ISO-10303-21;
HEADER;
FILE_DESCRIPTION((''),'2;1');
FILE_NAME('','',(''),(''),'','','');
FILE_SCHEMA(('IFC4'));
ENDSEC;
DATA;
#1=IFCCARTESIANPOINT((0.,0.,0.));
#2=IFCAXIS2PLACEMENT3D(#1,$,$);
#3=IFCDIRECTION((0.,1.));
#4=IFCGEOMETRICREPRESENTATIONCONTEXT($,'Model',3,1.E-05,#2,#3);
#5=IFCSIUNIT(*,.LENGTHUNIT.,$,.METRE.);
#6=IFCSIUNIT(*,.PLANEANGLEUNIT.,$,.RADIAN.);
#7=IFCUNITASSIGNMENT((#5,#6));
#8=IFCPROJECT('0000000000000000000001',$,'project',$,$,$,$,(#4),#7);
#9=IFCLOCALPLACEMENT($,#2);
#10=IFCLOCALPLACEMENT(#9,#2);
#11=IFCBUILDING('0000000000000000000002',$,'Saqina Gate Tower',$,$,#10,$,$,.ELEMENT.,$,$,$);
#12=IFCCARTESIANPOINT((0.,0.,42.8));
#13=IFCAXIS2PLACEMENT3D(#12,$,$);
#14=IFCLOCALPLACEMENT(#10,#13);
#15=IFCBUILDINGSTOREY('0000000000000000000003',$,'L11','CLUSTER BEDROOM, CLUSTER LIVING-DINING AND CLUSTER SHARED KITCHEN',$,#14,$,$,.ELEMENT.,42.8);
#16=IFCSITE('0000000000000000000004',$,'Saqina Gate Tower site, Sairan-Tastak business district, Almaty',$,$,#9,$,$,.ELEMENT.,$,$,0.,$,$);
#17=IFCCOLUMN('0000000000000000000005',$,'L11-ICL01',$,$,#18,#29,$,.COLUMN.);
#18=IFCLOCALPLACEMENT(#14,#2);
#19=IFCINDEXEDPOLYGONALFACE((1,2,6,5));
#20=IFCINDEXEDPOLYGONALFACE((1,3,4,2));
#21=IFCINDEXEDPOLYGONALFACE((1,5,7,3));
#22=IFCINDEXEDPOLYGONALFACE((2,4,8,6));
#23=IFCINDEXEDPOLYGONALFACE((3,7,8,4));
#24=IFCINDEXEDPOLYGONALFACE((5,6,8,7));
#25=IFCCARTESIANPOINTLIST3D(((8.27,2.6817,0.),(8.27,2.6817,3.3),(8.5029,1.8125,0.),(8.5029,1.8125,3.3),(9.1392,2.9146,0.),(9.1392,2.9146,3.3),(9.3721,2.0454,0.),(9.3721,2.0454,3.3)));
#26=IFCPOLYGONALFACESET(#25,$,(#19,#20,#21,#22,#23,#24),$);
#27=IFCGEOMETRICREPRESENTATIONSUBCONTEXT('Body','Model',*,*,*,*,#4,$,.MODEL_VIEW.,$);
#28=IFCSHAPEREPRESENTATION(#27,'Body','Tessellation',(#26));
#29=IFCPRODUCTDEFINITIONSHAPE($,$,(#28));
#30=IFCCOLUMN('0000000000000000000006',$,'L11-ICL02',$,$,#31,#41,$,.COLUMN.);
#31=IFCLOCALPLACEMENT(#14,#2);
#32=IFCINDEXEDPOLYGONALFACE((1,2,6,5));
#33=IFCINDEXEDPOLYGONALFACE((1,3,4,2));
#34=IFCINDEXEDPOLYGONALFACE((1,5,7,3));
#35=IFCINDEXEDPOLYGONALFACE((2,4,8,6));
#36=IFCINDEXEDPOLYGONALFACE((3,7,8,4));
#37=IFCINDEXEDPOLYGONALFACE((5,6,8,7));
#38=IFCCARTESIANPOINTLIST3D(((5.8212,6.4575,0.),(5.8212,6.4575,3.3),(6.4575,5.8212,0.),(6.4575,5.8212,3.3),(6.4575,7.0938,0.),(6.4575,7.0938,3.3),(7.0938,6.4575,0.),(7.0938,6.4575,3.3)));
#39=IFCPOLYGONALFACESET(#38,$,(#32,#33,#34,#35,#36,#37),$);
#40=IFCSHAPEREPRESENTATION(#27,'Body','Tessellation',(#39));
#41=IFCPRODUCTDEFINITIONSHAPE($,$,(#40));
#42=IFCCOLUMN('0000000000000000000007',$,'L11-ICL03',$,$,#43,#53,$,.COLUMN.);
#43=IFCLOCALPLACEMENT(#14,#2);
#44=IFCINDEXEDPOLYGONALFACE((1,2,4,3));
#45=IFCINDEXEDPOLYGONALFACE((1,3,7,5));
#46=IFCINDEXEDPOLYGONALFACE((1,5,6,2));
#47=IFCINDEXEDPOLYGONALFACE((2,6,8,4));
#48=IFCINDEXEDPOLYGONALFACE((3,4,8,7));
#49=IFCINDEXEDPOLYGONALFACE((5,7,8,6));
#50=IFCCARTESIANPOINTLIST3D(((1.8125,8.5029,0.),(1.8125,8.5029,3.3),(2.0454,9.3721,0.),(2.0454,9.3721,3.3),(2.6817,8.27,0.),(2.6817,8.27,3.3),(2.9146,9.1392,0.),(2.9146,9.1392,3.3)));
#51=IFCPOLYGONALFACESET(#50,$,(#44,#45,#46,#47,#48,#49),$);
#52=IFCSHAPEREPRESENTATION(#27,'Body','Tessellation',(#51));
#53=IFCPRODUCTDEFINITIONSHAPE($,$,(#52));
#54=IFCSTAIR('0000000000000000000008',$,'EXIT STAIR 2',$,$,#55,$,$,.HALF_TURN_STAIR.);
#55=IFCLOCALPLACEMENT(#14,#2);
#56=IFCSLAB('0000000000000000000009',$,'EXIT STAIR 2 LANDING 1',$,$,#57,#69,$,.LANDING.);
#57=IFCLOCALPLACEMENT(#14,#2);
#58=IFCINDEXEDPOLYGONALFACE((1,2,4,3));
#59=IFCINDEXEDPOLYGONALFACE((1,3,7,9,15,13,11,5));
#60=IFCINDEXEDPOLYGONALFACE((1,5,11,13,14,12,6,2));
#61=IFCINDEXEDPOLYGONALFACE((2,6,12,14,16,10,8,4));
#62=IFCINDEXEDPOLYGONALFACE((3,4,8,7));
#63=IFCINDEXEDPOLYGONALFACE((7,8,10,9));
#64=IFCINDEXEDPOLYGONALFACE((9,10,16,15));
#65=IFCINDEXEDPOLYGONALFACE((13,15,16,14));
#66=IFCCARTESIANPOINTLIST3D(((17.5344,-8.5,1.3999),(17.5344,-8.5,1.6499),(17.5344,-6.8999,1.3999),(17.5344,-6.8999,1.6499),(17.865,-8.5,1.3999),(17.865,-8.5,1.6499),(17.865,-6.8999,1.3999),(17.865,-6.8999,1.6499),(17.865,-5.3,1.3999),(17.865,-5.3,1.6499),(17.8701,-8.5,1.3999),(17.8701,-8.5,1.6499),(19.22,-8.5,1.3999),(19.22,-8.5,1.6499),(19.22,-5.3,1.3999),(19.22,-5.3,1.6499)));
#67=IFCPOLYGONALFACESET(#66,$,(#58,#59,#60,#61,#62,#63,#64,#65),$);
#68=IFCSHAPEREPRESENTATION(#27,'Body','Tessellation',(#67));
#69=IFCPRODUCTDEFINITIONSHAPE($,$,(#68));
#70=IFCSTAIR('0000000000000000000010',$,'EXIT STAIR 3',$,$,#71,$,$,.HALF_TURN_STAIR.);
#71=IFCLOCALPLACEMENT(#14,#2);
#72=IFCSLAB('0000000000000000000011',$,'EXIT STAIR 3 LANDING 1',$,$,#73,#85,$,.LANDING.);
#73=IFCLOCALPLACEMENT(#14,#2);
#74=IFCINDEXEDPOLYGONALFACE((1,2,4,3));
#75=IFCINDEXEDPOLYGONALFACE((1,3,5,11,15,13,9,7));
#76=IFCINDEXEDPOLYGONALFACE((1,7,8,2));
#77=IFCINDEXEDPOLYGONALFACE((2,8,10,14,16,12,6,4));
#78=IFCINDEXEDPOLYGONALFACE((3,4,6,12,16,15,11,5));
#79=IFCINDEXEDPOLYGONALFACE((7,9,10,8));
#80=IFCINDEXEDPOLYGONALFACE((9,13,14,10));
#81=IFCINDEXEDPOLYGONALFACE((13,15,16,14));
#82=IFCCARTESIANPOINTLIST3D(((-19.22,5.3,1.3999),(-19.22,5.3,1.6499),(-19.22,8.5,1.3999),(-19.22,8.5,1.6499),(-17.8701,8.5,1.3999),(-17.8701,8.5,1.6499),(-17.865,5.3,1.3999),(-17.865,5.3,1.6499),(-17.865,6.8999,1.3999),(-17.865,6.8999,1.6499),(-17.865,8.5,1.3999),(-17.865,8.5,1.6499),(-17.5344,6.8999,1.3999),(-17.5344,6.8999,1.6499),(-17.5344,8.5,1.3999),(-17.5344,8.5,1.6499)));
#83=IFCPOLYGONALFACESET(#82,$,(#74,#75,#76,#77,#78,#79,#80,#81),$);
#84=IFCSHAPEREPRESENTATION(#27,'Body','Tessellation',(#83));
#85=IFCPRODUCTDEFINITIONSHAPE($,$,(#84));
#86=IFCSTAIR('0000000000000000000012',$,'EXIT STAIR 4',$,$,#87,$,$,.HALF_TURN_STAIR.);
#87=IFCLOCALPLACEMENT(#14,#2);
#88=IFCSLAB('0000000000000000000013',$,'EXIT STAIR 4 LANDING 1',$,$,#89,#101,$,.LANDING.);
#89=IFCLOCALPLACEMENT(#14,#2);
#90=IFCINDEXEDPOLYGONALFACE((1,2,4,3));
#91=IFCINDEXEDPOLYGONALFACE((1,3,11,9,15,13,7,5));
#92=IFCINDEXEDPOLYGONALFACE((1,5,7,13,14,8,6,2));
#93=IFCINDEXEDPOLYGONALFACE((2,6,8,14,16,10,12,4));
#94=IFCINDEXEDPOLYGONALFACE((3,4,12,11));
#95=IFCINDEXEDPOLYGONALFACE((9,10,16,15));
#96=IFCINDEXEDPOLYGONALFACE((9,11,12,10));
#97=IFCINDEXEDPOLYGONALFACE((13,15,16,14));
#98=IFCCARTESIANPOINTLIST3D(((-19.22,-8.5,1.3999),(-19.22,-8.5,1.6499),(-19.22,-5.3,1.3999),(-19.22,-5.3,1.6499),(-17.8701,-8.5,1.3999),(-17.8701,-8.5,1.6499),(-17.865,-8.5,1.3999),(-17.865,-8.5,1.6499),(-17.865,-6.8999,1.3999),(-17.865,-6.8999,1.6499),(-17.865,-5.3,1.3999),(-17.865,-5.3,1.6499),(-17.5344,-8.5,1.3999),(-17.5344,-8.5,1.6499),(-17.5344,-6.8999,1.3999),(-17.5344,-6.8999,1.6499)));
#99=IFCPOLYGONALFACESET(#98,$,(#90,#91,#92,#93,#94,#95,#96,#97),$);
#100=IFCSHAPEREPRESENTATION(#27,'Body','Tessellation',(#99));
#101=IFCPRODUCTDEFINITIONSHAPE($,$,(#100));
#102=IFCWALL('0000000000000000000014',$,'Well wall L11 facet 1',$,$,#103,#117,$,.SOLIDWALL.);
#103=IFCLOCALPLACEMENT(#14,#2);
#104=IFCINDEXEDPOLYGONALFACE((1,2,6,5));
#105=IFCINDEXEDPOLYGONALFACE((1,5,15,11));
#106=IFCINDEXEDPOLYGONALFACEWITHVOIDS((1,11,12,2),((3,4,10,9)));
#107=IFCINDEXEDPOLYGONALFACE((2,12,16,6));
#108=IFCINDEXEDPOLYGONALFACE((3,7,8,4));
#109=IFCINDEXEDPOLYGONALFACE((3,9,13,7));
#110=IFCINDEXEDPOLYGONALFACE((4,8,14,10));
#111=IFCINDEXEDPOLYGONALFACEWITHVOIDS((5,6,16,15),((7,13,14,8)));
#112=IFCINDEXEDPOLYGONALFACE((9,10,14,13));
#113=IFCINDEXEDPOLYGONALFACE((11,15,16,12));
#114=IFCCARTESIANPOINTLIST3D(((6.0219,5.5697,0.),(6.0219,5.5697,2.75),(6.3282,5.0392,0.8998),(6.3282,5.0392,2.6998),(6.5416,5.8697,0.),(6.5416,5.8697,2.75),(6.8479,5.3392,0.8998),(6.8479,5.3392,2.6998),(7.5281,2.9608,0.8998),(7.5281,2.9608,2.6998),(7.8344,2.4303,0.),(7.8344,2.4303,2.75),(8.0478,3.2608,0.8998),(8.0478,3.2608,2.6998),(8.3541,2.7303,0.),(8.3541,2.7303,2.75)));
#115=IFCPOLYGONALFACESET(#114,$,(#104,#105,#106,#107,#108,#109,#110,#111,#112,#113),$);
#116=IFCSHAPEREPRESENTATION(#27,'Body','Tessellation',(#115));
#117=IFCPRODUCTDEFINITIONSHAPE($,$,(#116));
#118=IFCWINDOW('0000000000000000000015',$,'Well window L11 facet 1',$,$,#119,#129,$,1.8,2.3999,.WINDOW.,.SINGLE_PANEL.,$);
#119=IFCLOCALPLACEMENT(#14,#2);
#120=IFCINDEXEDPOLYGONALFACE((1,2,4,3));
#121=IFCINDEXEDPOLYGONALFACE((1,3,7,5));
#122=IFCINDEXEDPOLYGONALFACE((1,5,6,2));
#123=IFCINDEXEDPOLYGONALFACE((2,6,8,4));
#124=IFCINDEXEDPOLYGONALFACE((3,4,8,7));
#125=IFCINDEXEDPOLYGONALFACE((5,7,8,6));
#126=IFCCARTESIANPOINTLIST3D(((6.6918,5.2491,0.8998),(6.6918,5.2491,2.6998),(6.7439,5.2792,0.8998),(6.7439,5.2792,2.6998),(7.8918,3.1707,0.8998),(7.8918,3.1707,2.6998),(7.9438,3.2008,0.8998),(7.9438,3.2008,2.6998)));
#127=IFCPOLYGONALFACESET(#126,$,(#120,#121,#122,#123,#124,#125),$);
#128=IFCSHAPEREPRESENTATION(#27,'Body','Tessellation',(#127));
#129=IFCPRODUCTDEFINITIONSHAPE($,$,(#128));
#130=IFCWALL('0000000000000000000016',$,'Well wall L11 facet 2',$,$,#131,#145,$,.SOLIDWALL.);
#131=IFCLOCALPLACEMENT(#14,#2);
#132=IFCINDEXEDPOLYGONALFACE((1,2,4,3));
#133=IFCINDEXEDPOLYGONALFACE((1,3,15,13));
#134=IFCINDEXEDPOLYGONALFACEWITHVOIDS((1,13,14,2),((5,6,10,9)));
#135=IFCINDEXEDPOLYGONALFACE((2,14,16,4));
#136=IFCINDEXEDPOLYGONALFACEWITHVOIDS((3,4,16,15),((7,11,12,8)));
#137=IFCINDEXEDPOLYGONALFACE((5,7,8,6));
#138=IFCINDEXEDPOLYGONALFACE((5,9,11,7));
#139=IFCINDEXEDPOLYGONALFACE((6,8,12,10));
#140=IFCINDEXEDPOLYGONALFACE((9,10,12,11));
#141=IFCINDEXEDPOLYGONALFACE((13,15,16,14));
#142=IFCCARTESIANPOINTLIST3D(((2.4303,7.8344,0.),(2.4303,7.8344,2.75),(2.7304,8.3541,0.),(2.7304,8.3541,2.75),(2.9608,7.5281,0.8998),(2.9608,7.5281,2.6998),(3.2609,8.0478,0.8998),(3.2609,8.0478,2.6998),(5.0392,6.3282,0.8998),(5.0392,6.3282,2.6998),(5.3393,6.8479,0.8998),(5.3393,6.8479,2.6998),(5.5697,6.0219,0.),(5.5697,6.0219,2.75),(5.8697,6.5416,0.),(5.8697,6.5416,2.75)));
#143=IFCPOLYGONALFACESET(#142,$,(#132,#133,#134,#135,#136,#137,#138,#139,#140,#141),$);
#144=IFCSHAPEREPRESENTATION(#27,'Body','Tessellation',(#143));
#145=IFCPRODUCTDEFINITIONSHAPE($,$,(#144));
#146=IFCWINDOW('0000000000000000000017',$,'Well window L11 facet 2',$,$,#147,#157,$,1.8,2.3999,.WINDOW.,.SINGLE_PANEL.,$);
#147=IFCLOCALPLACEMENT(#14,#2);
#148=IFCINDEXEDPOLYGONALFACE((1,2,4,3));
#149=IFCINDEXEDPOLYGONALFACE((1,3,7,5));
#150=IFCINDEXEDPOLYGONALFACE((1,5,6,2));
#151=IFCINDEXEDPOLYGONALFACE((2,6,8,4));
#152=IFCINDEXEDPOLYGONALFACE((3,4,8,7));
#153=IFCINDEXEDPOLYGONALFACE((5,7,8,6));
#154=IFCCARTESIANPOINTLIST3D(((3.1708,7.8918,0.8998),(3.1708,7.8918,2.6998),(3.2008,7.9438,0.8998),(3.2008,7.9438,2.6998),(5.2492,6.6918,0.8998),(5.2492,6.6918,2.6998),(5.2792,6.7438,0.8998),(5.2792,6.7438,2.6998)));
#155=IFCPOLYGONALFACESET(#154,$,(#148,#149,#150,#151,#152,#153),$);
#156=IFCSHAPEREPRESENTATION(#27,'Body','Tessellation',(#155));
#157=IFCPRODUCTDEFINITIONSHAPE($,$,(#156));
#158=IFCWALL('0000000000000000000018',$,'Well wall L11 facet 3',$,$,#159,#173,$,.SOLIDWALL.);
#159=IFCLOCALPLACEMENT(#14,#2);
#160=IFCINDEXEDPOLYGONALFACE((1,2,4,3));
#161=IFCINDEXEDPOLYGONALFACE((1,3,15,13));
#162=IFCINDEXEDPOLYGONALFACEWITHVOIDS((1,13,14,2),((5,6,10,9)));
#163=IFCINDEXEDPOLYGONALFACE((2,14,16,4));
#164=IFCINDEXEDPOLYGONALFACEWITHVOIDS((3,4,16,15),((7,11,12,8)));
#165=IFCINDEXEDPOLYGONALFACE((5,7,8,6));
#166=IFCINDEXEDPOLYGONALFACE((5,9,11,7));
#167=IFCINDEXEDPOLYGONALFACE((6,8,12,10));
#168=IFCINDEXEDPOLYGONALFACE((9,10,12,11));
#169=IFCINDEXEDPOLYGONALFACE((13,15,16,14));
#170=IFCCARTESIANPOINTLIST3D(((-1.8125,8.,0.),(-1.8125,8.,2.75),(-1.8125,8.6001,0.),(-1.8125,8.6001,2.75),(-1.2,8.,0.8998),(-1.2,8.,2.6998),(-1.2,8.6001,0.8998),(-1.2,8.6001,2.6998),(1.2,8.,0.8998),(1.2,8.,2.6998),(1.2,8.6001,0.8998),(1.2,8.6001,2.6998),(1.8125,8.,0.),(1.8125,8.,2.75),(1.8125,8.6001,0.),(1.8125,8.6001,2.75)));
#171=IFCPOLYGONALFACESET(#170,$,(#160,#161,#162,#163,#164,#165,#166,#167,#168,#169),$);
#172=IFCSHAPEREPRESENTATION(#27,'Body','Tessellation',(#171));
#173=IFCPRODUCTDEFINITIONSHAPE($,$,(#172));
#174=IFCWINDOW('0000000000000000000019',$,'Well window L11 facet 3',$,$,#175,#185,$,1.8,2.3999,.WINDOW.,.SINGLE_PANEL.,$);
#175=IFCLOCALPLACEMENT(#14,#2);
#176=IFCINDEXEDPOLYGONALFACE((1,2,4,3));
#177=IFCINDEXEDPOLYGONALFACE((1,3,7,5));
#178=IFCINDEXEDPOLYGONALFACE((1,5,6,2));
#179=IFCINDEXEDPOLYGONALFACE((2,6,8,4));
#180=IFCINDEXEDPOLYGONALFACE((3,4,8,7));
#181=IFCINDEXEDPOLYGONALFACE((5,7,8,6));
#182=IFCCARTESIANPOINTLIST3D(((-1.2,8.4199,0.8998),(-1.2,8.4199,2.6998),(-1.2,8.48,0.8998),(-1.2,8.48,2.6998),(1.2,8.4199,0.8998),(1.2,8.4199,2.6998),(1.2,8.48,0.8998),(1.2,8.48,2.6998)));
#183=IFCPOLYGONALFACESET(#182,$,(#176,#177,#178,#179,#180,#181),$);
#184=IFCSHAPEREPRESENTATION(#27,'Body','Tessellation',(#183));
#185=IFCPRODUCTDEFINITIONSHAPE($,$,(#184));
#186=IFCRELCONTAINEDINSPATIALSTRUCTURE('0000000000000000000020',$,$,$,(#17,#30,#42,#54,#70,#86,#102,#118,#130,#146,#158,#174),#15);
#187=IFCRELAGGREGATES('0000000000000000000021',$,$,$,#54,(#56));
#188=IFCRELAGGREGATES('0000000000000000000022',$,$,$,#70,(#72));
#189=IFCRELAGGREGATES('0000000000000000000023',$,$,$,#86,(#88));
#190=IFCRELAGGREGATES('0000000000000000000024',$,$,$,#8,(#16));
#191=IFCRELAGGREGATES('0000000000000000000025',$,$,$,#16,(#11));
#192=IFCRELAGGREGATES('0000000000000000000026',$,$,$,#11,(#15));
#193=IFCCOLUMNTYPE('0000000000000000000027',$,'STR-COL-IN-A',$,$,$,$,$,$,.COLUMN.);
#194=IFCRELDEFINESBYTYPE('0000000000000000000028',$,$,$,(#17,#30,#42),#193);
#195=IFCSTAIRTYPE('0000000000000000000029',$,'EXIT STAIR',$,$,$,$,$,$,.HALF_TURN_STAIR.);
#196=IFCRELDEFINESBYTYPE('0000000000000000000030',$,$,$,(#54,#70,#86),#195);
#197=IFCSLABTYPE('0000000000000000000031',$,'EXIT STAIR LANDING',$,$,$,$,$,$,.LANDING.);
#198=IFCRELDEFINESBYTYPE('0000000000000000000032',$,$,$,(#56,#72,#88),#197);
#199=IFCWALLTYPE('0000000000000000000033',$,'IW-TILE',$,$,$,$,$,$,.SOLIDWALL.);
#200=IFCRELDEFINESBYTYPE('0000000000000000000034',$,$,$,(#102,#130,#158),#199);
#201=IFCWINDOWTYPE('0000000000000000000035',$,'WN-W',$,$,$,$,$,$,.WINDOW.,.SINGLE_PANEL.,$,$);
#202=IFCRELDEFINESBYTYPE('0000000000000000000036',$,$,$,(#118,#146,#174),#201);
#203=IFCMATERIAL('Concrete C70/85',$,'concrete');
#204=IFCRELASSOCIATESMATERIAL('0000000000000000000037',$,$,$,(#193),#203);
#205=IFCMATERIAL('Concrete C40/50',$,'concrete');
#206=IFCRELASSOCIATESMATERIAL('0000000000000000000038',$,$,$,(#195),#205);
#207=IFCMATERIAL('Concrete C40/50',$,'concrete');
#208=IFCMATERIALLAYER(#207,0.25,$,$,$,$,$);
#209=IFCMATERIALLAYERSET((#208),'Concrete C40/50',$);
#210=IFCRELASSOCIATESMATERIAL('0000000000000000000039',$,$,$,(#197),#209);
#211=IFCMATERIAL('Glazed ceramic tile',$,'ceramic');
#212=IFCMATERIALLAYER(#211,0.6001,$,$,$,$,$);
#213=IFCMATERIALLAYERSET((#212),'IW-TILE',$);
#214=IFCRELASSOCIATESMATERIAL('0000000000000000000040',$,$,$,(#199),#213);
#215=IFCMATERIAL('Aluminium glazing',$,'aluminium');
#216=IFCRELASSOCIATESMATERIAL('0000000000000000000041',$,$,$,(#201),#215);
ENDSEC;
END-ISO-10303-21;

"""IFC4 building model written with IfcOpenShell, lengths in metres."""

from ifc_helpers import new_model, si_unit, direction, frame, frame_2d, origin, origin_2d, place, context, subcontext, project, spatial, polyline, rectangle, outline, extrude, material, layer, layer_set, material_profile, profile_set, type_object, element, fill, aggregate, save


model = new_model("IFC4")

# Units and contexts
model_context = context("Model", 3, precision=1e-05, world=origin(), true_north=direction((0.0, 1.0)))
body_context = subcontext(model_context, "Body", "Model", "MODEL_VIEW")
ifc_project = project(units=[si_unit("LENGTHUNIT", "METRE"), si_unit("PLANEANGLEUNIT", "RADIAN")], contexts=[model_context])

# Site, building, storey
site_placement = place(None, origin())
site = spatial("IfcSite", under=ifc_project, at=site_placement, Name="Saqina Gate Tower site, Sairan-Tastak business district, Almaty", CompositionType="ELEMENT", RefElevation=0.0)
building_placement = place(site_placement, origin())
building = spatial("IfcBuilding", under=site, at=building_placement, Name="Saqina Gate Tower", CompositionType="ELEMENT")
storey_placement = place(building_placement, frame((0.0, 0.0, 42.8)))
storey = spatial("IfcBuildingStorey", under=building, at=storey_placement, Name="L11", Description="CLUSTER BEDROOM, CLUSTER LIVING-DINING AND CLUSTER SHARED KITCHEN", CompositionType="ELEMENT", Elevation=42.8)

# Columns
ifc_material_1 = material(Name="Concrete C70/85", Category="concrete")
ifc_material_profile = material_profile(ifc_material_1, rectangle(XDim=0.8999, YDim=0.8999, at=origin_2d()), Name="RC 900x900")
ifc_profile_set = profile_set([ifc_material_profile], Name="Concrete C70/85")
column_type = type_object("IfcColumnType", Name="STR-COL-IN-A", PredefinedType="COLUMN", material=ifc_profile_set)
for number, where, z_axis, x_axis, name in (
    (1, (8.821, 2.3635, 0.0), (0.0, 0.0, 1.0), (0.965926, 0.258819, 0.0), "L11-ICL01"),
    (2, (6.4575, 6.4575, 0.0), (0.0, 0.0, 1.0), (0.707107, 0.707107, 0.0), "L11-ICL02"),
    (3, (2.3635, 8.821, 0.0), (0.0, 0.0, 1.0), (0.258819, 0.965926, 0.0), "L11-ICL03"),
):
    element("IfcColumn", number, at=place(storey_placement, frame(where, z_axis=z_axis, x_axis=x_axis)), inside=storey, type_object=column_type, Name=name, PredefinedType="COLUMN", context=body_context, shape_type="SweptSolid", body=[
        extrude(rectangle(XDim=0.8999, YDim=0.8999, at=origin_2d()), origin(), (0.0, 0.0, 1.0), 3.3),
    ])

# Stairs, slabs
ifc_material_2 = material(Name="Concrete C40/50", Category="concrete")
stair_type = type_object("IfcStairType", Name="EXIT STAIR", PredefinedType="HALF_TURN_STAIR", material=ifc_material_2)
stair_1_placement = place(storey_placement, origin())
stair_1 = element("IfcStair", 4, at=stair_1_placement, inside=storey, type_object=stair_type, Name="EXIT STAIR 2", PredefinedType="HALF_TURN_STAIR")
ifc_material_3 = material(Name="Concrete C40/50", Category="concrete")
ifc_layer_1 = layer(ifc_material_3, 0.25)
ifc_layer_set_1 = layer_set([ifc_layer_1], Name="Concrete C40/50")
slab_type = type_object("IfcSlabType", Name="EXIT STAIR LANDING", PredefinedType="LANDING", material=ifc_layer_set_1)
slab_1_placement = place(storey_placement, frame((0.0, 0.0, 1.3999)))
slab_1 = element("IfcSlab", 5, at=slab_1_placement, type_object=slab_type, Name="EXIT STAIR 2 LANDING 1", PredefinedType="LANDING", context=body_context, shape_type="SweptSolid", body=[
    extrude(outline(polyline([(17.5344, -8.5), (17.5344, -6.8999), (17.865, -6.8999), (17.865, -5.3), (19.22, -5.3), (19.22, -8.5), (17.8701, -8.5), (17.865, -8.5), (17.5344, -8.5)])), origin(), (0.0, 0.0, 1.0), 0.25),
])
aggregate(stair_1, [slab_1])
stair_2_placement = place(storey_placement, origin())
stair_2 = element("IfcStair", 6, at=stair_2_placement, inside=storey, type_object=stair_type, Name="EXIT STAIR 3", PredefinedType="HALF_TURN_STAIR")
slab_2_placement = place(storey_placement, frame((0.0, 0.0, 1.3999)))
slab_2 = element("IfcSlab", 7, at=slab_2_placement, type_object=slab_type, Name="EXIT STAIR 3 LANDING 1", PredefinedType="LANDING", context=body_context, shape_type="SweptSolid", body=[
    extrude(outline(polyline([(-17.865, 5.3), (-19.22, 5.3), (-19.22, 8.5), (-17.8701, 8.5), (-17.865, 8.5), (-17.5344, 8.5), (-17.5344, 6.8999), (-17.865, 6.8999), (-17.865, 5.3)])), origin(), (0.0, 0.0, 1.0), 0.25),
])
aggregate(stair_2, [slab_2])
stair_3_placement = place(storey_placement, origin())
stair_3 = element("IfcStair", 8, at=stair_3_placement, inside=storey, type_object=stair_type, Name="EXIT STAIR 4", PredefinedType="HALF_TURN_STAIR")
slab_3_placement = place(storey_placement, frame((0.0, 0.0, 1.3999)))
slab_3 = element("IfcSlab", 9, at=slab_3_placement, type_object=slab_type, Name="EXIT STAIR 4 LANDING 1", PredefinedType="LANDING", context=body_context, shape_type="SweptSolid", body=[
    extrude(outline(polyline([(-17.5344, -6.8999), (-17.5344, -8.5), (-17.865, -8.5), (-17.8701, -8.5), (-19.22, -8.5), (-19.22, -5.3), (-17.865, -5.3), (-17.865, -6.8999), (-17.5344, -6.8999)])), origin(), (0.0, 0.0, 1.0), 0.25),
])
aggregate(stair_3, [slab_3])

# Walls, openings, windows
ifc_material_4 = material(Name="Glazed ceramic tile", Category="ceramic")
ifc_layer_2 = layer(ifc_material_4, 0.6001)
ifc_layer_set_2 = layer_set([ifc_layer_2], Name="IW-TILE")
wall_type_1 = type_object("IfcWallType", Name="IW-TILE", PredefinedType="SOLIDWALL", material=ifc_layer_set_2)
wall_1_placement = place(storey_placement, frame((8.0942, 2.5803, 0.0), z_axis=(0.0, 0.0, 1.0), x_axis=(-0.499993, 0.86603, 0.0)))
wall_1 = element("IfcWall", 10, at=wall_1_placement, inside=storey, type_object=wall_type_1, Name="Well wall L11 facet 1", PredefinedType="SOLIDWALL", context=body_context, shape_type="SweptSolid", body=[
    extrude(rectangle(XDim=3.625, YDim=0.6001, at=frame_2d((1.8125, 0.0))), origin(), (0.0, 0.0, 1.0), 2.75),
])
opening_1_placement = place(wall_1_placement, frame((0.6125, 0.0, 0.8999)))
opening_1 = element("IfcOpeningElement", 11, at=opening_1_placement, cuts=wall_1, PredefinedType="OPENING", context=body_context, shape_type="SweptSolid", body=[
    extrude(rectangle(XDim=2.3999, YDim=1.8, at=frame_2d((1.2, 0.8999))), frame((0.0, 0.312, 0.0), z_axis=(0.0, -1.0, 0.0), x_axis=(1.0, 0.0, 0.0)), (0.0, 0.0, 1.0), 0.624),
])
ifc_material_5 = material(Name="Aluminium glazing", Category="aluminium")
window_type = type_object("IfcWindowType", Name="WN-W", PartitioningType="SINGLE_PANEL", PredefinedType="WINDOW", material=ifc_material_5)
window_1_placement = place(opening_1_placement, origin())
window_1 = element("IfcWindow", 12, at=window_1_placement, inside=storey, type_object=window_type, Name="Well window L11 facet 1", OverallHeight=1.8, OverallWidth=2.3999, PartitioningType="SINGLE_PANEL", PredefinedType="WINDOW", context=body_context, shape_type="SweptSolid", body=[
    extrude(rectangle(XDim=2.3999, YDim=1.8, at=frame_2d((1.2, 0.8999))), frame((0.0, -0.1199, 0.0), z_axis=(0.0, -1.0, 0.0), x_axis=(1.0, 0.0, 0.0)), (0.0, 0.0, 1.0), 0.0601),
])
fill(opening_1, window_1)
wall_2_placement = place(storey_placement, frame((5.7197, 6.2817, 0.0), z_axis=(0.0, 0.0, 1.0), x_axis=(-0.86603, 0.499993, 0.0)))
wall_2 = element("IfcWall", 13, at=wall_2_placement, inside=storey, type_object=wall_type_1, Name="Well wall L11 facet 2", PredefinedType="SOLIDWALL", context=body_context, shape_type="SweptSolid", body=[
    extrude(rectangle(XDim=3.625, YDim=0.6001, at=frame_2d((1.8125, 0.0))), origin(), (0.0, 0.0, 1.0), 2.75),
])
opening_2_placement = place(wall_2_placement, frame((0.6125, 0.0, 0.8999)))
opening_2 = element("IfcOpeningElement", 14, at=opening_2_placement, cuts=wall_2, PredefinedType="OPENING", context=body_context, shape_type="SweptSolid", body=[
    extrude(rectangle(XDim=2.3999, YDim=1.8, at=frame_2d((1.2, 0.8999))), frame((0.0, 0.312, 0.0), z_axis=(0.0, -1.0, 0.0), x_axis=(1.0, 0.0, 0.0)), (0.0, 0.0, 1.0), 0.624),
])
window_2_placement = place(opening_2_placement, origin())
window_2 = element("IfcWindow", 15, at=window_2_placement, inside=storey, type_object=window_type, Name="Well window L11 facet 2", OverallHeight=1.8, OverallWidth=2.3999, PartitioningType="SINGLE_PANEL", PredefinedType="WINDOW", context=body_context, shape_type="SweptSolid", body=[
    extrude(rectangle(XDim=2.3999, YDim=1.8, at=frame_2d((1.2, 0.8999))), frame((0.0, -0.1199, 0.0), z_axis=(0.0, -1.0, 0.0), x_axis=(1.0, 0.0, 0.0)), (0.0, 0.0, 1.0), 0.0601),
])
fill(opening_2, window_2)
wall_3_placement = place(storey_placement, frame((1.8125, 8.3, 0.0), z_axis=(0.0, 0.0, 1.0), x_axis=(-1.0, 0.0, 0.0)))
wall_3 = element("IfcWall", 16, at=wall_3_placement, inside=storey, type_object=wall_type_1, Name="Well wall L11 facet 3", PredefinedType="SOLIDWALL", context=body_context, shape_type="SweptSolid", body=[
    extrude(rectangle(XDim=3.625, YDim=0.6001, at=frame_2d((1.8125, 0.0))), origin(), (0.0, 0.0, 1.0), 2.75),
])
opening_3_placement = place(wall_3_placement, frame((0.6125, 0.0, 0.8999)))
opening_3 = element("IfcOpeningElement", 17, at=opening_3_placement, cuts=wall_3, PredefinedType="OPENING", context=body_context, shape_type="SweptSolid", body=[
    extrude(rectangle(XDim=2.3999, YDim=1.8, at=frame_2d((1.2, 0.8999))), frame((0.0, 0.312, 0.0), z_axis=(0.0, -1.0, 0.0), x_axis=(1.0, 0.0, 0.0)), (0.0, 0.0, 1.0), 0.624),
])
window_3_placement = place(opening_3_placement, origin())
window_3 = element("IfcWindow", 18, at=window_3_placement, inside=storey, type_object=window_type, Name="Well window L11 facet 3", OverallHeight=1.8, OverallWidth=2.3999, PartitioningType="SINGLE_PANEL", PredefinedType="WINDOW", context=body_context, shape_type="SweptSolid", body=[
    extrude(rectangle(XDim=2.3999, YDim=1.8, at=frame_2d((1.2, 0.8999))), frame((0.0, -0.1199, 0.0), z_axis=(0.0, -1.0, 0.0), x_axis=(1.0, 0.0, 0.0)), (0.0, 0.0, 1.0), 0.0601),
])
fill(opening_3, window_3)

save(model, "model.ifc")
